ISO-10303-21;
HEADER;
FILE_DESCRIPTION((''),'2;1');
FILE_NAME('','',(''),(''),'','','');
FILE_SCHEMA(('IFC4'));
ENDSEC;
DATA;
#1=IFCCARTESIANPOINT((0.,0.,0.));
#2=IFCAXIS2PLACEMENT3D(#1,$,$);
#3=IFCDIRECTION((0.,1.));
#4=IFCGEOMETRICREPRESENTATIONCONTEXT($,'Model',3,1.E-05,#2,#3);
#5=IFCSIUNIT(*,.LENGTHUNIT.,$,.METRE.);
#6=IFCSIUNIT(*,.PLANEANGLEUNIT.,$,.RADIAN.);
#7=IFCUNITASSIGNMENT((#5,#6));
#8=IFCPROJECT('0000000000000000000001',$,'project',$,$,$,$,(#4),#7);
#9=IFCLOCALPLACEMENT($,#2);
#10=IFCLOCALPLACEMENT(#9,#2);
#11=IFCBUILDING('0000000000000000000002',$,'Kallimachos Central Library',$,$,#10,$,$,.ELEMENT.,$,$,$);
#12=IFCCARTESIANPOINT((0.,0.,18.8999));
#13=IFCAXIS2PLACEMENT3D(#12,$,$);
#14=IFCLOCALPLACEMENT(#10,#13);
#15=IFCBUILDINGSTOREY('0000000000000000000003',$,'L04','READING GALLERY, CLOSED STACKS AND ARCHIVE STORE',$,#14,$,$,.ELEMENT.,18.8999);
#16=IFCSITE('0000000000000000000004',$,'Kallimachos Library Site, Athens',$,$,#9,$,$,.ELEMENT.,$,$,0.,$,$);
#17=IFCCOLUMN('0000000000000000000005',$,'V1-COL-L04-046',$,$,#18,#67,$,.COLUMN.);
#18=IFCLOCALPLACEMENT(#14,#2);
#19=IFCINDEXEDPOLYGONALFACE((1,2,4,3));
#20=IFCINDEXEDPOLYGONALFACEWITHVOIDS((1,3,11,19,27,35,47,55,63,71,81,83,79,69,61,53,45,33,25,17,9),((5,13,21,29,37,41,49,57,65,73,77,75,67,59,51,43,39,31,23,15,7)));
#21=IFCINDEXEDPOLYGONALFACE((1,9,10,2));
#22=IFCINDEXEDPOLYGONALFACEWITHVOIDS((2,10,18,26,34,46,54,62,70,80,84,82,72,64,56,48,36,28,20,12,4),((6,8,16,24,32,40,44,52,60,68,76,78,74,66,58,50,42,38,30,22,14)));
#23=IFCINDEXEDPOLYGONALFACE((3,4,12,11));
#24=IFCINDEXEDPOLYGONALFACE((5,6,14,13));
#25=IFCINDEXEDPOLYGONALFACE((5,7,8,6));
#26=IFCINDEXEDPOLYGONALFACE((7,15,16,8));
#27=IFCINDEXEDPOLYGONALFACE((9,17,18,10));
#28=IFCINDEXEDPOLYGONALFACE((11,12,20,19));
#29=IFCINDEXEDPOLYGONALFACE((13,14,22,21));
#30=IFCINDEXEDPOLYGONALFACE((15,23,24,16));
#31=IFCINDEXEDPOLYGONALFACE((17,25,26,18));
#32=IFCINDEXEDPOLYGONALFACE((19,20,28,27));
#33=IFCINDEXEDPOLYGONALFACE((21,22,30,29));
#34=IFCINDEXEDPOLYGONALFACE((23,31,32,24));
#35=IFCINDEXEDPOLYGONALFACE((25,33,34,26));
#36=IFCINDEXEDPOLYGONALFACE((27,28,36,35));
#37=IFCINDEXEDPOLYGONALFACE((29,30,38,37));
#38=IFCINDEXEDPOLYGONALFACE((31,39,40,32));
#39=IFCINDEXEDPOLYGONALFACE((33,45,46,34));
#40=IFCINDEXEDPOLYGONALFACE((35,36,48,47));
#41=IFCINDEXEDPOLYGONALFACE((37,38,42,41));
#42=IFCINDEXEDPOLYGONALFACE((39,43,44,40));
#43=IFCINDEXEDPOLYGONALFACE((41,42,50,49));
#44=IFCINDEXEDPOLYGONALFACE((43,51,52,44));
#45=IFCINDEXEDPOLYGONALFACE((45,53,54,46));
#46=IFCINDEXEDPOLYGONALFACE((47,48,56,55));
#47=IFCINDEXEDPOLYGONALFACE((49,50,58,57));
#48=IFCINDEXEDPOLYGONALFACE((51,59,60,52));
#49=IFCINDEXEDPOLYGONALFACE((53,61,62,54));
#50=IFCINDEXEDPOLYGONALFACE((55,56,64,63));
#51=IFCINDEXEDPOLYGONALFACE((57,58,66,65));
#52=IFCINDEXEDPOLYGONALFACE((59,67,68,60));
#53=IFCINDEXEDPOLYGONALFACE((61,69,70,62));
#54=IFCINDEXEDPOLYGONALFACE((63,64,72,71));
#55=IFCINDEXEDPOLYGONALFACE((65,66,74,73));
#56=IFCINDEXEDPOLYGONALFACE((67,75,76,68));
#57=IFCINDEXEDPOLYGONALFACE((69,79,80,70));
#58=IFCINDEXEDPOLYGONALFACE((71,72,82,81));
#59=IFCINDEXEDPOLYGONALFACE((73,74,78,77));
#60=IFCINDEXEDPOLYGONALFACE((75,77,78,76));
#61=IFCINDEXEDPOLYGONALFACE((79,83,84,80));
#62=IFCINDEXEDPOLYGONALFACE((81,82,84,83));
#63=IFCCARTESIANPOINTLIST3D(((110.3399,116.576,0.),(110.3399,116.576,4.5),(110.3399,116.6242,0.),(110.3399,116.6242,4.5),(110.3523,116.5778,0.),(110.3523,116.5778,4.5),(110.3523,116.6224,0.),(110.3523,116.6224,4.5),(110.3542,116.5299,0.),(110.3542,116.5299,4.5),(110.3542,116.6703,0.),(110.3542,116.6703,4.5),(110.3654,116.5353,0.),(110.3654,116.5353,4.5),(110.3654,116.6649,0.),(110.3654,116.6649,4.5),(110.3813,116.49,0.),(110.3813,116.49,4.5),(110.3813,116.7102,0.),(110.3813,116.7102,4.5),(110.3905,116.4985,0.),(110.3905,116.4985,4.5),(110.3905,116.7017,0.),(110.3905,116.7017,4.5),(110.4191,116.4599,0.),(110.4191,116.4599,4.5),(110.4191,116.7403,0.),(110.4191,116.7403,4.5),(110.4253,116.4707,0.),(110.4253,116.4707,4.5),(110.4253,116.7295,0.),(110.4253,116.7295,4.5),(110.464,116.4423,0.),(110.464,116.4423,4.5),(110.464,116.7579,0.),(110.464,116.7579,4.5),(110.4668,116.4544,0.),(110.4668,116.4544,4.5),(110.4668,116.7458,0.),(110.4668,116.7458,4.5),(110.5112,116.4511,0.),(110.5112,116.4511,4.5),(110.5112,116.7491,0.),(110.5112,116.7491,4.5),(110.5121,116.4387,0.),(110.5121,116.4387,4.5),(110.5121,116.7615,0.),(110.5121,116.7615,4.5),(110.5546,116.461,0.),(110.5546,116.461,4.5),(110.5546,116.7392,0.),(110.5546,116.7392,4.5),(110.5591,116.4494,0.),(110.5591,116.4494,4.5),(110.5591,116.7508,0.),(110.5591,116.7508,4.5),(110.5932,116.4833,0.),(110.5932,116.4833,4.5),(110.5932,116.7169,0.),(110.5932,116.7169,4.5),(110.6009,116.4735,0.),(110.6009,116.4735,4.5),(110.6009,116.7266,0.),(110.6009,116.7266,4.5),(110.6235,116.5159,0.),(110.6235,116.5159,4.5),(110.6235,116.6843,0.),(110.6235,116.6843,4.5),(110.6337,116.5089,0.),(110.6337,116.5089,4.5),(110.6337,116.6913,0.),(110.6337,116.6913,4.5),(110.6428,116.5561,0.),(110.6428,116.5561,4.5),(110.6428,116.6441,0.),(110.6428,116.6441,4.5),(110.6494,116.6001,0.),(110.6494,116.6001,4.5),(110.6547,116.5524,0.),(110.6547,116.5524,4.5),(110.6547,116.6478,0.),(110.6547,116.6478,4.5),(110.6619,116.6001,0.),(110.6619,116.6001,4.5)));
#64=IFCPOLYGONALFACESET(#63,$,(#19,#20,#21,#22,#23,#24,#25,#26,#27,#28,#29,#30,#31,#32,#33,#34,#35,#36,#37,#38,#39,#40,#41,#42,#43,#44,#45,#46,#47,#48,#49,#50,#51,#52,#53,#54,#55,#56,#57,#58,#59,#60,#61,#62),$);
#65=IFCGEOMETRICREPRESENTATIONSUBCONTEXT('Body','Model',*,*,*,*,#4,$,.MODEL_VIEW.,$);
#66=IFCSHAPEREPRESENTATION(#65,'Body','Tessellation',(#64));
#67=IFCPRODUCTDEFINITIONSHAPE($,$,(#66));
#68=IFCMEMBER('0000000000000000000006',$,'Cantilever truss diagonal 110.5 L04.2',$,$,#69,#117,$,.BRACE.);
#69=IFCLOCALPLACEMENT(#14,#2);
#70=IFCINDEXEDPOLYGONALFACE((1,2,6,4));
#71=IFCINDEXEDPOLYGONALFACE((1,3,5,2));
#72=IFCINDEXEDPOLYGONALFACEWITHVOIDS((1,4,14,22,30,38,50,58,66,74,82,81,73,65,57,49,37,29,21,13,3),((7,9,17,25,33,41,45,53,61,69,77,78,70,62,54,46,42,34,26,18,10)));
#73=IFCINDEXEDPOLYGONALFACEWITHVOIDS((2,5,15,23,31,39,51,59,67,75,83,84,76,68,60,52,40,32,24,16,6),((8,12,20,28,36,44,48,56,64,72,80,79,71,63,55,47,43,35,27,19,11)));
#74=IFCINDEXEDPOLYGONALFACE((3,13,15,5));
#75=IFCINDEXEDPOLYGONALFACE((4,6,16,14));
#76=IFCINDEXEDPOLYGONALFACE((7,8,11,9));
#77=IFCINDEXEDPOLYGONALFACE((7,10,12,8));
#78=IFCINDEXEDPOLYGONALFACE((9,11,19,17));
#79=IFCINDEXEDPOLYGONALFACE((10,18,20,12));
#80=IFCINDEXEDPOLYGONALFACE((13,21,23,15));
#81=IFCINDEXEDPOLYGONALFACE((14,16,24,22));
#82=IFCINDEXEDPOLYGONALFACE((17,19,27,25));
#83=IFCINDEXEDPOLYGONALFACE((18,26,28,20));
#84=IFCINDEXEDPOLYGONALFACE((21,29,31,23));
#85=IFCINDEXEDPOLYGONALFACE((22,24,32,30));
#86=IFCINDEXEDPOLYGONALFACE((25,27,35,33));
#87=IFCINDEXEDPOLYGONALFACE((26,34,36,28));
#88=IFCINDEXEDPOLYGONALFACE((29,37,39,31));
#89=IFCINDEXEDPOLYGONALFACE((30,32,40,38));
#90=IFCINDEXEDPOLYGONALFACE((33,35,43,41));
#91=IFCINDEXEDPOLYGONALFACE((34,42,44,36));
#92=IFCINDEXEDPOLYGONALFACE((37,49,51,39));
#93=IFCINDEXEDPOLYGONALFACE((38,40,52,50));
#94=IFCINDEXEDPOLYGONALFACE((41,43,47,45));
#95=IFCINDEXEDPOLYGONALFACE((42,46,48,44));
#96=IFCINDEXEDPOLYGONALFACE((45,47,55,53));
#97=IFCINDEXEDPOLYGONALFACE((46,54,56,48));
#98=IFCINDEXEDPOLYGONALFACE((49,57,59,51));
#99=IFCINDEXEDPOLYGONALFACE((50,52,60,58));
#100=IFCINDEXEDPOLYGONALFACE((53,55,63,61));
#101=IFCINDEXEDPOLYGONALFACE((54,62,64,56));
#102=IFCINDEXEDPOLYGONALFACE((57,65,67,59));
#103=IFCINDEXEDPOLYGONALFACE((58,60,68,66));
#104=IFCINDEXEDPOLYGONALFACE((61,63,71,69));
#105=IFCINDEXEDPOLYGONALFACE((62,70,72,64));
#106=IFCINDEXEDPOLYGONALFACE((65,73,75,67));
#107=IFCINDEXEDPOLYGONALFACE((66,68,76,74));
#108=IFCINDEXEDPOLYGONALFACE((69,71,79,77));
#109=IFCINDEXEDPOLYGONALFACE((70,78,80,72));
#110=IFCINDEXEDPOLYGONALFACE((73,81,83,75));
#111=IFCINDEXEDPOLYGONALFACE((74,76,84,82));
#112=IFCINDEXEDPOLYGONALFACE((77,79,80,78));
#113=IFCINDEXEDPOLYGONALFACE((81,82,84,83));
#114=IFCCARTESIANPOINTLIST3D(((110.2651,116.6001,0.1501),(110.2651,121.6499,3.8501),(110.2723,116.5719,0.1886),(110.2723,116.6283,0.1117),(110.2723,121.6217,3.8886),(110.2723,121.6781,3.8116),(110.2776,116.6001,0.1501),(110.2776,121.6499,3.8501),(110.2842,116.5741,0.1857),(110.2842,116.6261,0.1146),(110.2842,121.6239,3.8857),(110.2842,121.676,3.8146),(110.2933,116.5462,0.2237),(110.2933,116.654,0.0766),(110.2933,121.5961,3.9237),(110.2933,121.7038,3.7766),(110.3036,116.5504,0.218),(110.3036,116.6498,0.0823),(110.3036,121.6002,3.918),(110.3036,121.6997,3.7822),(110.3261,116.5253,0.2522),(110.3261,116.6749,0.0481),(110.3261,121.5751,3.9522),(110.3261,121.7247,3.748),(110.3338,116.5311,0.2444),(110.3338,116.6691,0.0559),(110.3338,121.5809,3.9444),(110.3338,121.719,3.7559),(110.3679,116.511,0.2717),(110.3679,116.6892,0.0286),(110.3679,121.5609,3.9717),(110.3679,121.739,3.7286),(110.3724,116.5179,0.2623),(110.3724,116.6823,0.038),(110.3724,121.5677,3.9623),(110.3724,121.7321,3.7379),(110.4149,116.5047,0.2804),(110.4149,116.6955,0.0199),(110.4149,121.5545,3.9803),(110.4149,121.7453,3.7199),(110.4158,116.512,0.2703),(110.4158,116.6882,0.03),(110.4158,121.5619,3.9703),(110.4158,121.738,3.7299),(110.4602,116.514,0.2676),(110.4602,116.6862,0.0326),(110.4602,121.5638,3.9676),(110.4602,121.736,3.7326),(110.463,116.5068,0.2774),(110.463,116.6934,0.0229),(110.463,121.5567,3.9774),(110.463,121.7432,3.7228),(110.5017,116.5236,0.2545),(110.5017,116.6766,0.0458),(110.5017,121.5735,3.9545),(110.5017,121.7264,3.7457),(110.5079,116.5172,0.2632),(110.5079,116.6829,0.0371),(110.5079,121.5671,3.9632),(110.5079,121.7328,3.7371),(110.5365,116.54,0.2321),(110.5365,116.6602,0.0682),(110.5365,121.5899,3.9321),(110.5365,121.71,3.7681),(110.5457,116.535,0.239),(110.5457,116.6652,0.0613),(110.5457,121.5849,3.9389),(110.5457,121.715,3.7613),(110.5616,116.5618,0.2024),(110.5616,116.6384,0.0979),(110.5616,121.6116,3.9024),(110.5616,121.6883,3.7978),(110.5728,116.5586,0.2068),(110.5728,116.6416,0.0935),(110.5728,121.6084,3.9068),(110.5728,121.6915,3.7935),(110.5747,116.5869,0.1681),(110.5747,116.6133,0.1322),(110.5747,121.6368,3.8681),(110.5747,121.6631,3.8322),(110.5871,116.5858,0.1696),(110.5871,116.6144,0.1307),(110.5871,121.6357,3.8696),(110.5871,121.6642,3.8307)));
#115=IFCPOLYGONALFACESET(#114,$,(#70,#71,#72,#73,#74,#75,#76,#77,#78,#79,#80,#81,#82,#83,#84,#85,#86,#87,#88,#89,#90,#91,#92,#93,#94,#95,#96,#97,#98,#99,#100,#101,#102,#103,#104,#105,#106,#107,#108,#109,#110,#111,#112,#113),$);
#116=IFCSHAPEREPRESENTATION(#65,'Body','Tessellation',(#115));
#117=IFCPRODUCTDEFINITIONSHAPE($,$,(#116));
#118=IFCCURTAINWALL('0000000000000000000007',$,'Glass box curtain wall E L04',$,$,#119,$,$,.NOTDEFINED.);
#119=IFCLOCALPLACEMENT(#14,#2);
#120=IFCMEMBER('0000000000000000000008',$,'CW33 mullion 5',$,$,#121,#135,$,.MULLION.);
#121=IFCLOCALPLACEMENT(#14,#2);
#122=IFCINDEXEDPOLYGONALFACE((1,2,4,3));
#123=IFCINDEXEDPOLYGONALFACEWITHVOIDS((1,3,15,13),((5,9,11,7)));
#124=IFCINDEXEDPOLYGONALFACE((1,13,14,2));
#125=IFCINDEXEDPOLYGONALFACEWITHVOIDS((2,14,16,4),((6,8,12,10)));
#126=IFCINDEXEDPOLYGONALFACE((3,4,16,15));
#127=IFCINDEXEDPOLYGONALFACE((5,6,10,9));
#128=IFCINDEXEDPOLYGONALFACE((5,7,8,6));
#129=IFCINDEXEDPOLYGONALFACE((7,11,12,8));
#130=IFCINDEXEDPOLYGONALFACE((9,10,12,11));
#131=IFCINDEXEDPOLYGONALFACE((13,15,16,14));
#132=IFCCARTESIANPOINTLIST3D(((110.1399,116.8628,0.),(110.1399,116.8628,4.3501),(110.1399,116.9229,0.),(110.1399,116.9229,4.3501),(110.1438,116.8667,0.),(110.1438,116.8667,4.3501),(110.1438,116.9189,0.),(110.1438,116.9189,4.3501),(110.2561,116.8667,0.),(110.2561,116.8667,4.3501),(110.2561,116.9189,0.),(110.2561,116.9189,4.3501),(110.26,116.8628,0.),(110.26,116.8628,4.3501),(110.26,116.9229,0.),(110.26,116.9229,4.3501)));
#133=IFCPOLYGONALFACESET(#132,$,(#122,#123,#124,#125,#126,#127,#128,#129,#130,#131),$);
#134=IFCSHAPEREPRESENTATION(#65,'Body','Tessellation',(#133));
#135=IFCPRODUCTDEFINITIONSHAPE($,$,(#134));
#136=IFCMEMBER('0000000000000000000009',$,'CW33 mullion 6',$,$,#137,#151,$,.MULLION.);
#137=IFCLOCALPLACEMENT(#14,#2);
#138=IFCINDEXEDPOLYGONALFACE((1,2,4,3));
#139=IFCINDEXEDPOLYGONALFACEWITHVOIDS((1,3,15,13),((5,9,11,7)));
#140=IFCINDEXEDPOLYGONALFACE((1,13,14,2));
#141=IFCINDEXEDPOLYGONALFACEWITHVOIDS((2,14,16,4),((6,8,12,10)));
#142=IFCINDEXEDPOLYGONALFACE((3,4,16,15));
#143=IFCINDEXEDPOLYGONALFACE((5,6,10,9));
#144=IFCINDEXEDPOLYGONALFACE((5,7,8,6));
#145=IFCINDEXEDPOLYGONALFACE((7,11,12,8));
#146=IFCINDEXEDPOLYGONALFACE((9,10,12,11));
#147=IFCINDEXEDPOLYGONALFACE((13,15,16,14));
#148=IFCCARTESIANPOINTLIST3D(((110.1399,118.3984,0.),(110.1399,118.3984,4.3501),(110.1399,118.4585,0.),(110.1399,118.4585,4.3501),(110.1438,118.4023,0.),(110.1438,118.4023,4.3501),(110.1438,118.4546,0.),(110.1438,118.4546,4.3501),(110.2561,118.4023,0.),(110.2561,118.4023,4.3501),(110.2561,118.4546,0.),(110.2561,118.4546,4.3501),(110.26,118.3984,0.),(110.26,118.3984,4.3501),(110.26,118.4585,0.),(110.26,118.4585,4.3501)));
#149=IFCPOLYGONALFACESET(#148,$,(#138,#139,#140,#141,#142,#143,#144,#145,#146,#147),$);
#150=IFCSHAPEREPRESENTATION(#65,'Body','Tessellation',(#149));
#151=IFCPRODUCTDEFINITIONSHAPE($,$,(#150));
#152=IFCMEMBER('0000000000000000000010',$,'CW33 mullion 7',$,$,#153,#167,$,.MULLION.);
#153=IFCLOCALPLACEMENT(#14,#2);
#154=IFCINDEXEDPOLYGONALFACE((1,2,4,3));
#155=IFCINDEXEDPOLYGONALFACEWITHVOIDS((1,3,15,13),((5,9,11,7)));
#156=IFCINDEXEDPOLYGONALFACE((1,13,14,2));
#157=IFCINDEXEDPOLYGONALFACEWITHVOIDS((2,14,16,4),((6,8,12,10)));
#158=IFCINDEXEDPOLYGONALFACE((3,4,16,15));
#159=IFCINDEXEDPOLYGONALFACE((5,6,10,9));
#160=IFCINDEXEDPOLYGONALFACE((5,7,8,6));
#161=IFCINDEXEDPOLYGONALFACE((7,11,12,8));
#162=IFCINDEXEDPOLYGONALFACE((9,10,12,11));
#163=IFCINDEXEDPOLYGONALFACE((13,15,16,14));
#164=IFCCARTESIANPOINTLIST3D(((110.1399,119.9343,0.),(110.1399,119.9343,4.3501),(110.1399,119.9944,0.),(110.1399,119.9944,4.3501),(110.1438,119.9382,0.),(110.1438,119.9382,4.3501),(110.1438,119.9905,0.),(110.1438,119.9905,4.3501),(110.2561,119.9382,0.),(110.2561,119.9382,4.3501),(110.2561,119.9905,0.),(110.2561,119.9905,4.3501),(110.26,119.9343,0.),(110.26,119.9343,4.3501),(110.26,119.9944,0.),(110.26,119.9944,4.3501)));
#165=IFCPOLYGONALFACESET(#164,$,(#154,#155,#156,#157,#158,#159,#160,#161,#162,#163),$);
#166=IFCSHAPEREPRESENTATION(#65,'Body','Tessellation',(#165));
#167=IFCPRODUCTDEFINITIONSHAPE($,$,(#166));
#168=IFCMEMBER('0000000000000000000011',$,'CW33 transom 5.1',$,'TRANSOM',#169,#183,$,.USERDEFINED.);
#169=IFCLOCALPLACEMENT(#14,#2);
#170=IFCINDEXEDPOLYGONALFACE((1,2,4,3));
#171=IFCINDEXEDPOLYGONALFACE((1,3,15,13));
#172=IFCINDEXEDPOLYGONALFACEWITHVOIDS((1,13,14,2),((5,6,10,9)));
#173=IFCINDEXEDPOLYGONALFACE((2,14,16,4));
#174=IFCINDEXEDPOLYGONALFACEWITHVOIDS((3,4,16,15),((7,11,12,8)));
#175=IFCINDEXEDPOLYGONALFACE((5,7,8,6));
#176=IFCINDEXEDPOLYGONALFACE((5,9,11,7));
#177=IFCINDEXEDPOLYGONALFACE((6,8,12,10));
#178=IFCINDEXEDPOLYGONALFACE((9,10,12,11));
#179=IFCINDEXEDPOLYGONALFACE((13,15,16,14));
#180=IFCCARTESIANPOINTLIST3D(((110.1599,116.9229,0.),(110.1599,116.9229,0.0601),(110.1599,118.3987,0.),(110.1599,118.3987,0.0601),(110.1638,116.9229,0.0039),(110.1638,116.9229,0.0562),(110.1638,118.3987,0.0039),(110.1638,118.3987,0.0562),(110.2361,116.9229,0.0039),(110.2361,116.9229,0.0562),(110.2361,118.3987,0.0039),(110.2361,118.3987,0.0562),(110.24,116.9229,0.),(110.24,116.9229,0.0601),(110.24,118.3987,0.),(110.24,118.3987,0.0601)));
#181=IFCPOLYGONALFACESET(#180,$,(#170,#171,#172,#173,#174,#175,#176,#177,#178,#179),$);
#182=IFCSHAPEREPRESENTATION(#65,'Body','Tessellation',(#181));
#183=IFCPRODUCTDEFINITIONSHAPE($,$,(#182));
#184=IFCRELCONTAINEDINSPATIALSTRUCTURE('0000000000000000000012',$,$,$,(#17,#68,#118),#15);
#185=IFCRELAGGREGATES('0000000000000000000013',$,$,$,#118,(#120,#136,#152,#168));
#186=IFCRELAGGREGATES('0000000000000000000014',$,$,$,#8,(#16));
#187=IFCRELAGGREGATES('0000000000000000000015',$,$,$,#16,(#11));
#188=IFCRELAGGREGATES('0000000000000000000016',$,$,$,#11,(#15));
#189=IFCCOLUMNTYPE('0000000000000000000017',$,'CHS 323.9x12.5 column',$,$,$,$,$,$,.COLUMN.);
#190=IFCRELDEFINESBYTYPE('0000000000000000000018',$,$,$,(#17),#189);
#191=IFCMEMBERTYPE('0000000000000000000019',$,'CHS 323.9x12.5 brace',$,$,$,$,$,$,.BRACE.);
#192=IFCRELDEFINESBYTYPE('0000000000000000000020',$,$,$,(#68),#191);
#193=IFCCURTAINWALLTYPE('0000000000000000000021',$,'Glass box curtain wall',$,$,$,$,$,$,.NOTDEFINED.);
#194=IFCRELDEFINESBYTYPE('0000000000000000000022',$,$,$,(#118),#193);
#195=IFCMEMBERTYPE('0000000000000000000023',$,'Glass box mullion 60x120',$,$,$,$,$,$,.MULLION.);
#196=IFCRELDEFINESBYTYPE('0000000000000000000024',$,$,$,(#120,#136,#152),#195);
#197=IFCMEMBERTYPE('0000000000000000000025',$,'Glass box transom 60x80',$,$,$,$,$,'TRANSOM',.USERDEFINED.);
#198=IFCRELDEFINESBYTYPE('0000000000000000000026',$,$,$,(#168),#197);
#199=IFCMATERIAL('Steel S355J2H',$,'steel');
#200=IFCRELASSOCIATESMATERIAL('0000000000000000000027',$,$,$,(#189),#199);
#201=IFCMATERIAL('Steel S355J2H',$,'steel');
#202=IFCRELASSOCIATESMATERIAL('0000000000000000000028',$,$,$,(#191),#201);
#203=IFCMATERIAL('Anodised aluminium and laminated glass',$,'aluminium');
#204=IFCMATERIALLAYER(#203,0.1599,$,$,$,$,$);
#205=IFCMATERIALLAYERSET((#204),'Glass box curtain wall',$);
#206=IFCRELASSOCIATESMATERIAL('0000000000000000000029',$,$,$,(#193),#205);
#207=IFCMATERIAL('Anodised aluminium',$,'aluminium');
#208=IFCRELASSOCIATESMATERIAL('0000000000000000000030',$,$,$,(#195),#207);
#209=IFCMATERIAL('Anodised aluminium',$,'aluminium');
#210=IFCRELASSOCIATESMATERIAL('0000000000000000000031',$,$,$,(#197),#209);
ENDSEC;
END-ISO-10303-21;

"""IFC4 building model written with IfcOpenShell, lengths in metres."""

from ifc_helpers import new_model, si_unit, direction, frame, origin, origin_2d, place, context, subcontext, project, spatial, hollow_rectangle, hollow_circle, extrude, material, layer, layer_set, material_profile, profile_set, type_object, element, aggregate, save


model = new_model("IFC4")

# Units and contexts
model_context = context("Model", 3, precision=1e-05, world=origin(), true_north=direction((0.0, 1.0)))
body_context = subcontext(model_context, "Body", "Model", "MODEL_VIEW")
ifc_project = project(units=[si_unit("LENGTHUNIT", "METRE"), si_unit("PLANEANGLEUNIT", "RADIAN")], contexts=[model_context])

# Site, building, storey
site_placement = place(None, origin())
site = spatial("IfcSite", under=ifc_project, at=site_placement, Name="Kallimachos Library Site, Athens", CompositionType="ELEMENT", RefElevation=0.0)
building_placement = place(site_placement, origin())
building = spatial("IfcBuilding", under=site, at=building_placement, Name="Kallimachos Central Library", CompositionType="ELEMENT")
storey_placement = place(building_placement, frame((0.0, 0.0, 18.8999)))
storey = spatial("IfcBuildingStorey", under=building, at=storey_placement, Name="L04", Description="READING GALLERY, CLOSED STACKS AND ARCHIVE STORE", CompositionType="ELEMENT", Elevation=18.8999)

# Column
ifc_material_1 = material(Name="Steel S355J2H", Category="steel")
ifc_material_profile_1 = material_profile(ifc_material_1, hollow_circle(Radius=0.1619, WallThickness=0.0125, at=origin_2d()), Name="CHS 323.9x12.5")
ifc_profile_set_1 = profile_set([ifc_material_profile_1], Name="Steel S355J2H")
column_type = type_object("IfcColumnType", Name="CHS 323.9x12.5 column", PredefinedType="COLUMN", material=ifc_profile_set_1)
column_placement = place(storey_placement, frame((110.5, 116.6001, 0.0), z_axis=(0.0, 0.0, 1.0), x_axis=(1.0, 0.0, 0.0)))
element("IfcColumn", 1, at=column_placement, inside=storey, type_object=column_type, Name="V1-COL-L04-046", PredefinedType="COLUMN", context=body_context, shape_type="SweptSolid", body=[
    extrude(hollow_circle(Radius=0.1619, WallThickness=0.0125, at=origin_2d()), origin(), (0.0, 0.0, 1.0), 4.5),
])

# Member
ifc_material_2 = material(Name="Steel S355J2H", Category="steel")
ifc_material_profile_2 = material_profile(ifc_material_2, hollow_circle(Radius=0.1619, WallThickness=0.0125, at=origin_2d()), Name="CHS 323.9x12.5")
ifc_profile_set_2 = profile_set([ifc_material_profile_2], Name="Steel S355J2H")
member_type_1 = type_object("IfcMemberType", Name="CHS 323.9x12.5 brace", PredefinedType="BRACE", material=ifc_profile_set_2)
member_1_placement = place(storey_placement, frame((110.427, 116.6001, 0.1501), z_axis=(0.0, 0.806652, 0.591027), x_axis=(-1.0, 0.0, 0.0)))
element("IfcMember", 2, at=member_1_placement, inside=storey, type_object=member_type_1, Name="Cantilever truss diagonal 110.5 L04.2", PredefinedType="BRACE", context=body_context, shape_type="SweptSolid", body=[
    extrude(hollow_circle(Radius=0.1619, WallThickness=0.0125, at=origin_2d()), origin(), (0.0, 0.0, 1.0), 6.2603),
])

# Curtain wall, members
ifc_material_3 = material(Name="Anodised aluminium and laminated glass", Category="aluminium")
ifc_layer_1 = layer(ifc_material_3, 0.1599)
ifc_layer_set_1 = layer_set([ifc_layer_1], Name="Glass box curtain wall")
curtain_wall_type = type_object("IfcCurtainWallType", Name="Glass box curtain wall", PredefinedType="NOTDEFINED", material=ifc_layer_set_1)
curtain_wall_placement = place(storey_placement, origin())
curtain_wall = element("IfcCurtainWall", 3, at=curtain_wall_placement, inside=storey, type_object=curtain_wall_type, Name="Glass box curtain wall E L04", PredefinedType="NOTDEFINED")
ifc_material_4 = material(Name="Anodised aluminium", Category="aluminium")
ifc_material_profile_3 = material_profile(ifc_material_4, hollow_rectangle(XDim=0.0601, YDim=0.1201, WallThickness=0.0039, at=origin_2d()), Name="ALU MULLION 60x120")
ifc_profile_set_3 = profile_set([ifc_material_profile_3], Name="Anodised aluminium")
member_type_2 = type_object("IfcMemberType", Name="Glass box mullion 60x120", PredefinedType="MULLION", material=ifc_profile_set_3)
member_2_placement = place(storey_placement, frame((110.2, 116.8928, 0.0), z_axis=(0.0, 0.0, 1.0), x_axis=(0.0, 1.0, 0.0)))
member_2 = element("IfcMember", 4, at=member_2_placement, type_object=member_type_2, Name="CW33 mullion 5", PredefinedType="MULLION", context=body_context, shape_type="SweptSolid", body=[
    extrude(hollow_rectangle(XDim=0.0601, YDim=0.1201, WallThickness=0.0039, at=origin_2d()), origin(), (0.0, 0.0, 1.0), 4.3501),
])
member_3_placement = place(storey_placement, frame((110.2, 118.4285, 0.0), z_axis=(0.0, 0.0, 1.0), x_axis=(0.0, 1.0, 0.0)))
member_3 = element("IfcMember", 5, at=member_3_placement, type_object=member_type_2, Name="CW33 mullion 6", PredefinedType="MULLION", context=body_context, shape_type="SweptSolid", body=[
    extrude(hollow_rectangle(XDim=0.0601, YDim=0.1201, WallThickness=0.0039, at=origin_2d()), origin(), (0.0, 0.0, 1.0), 4.3501),
])
member_4_placement = place(storey_placement, frame((110.2, 119.9644, 0.0), z_axis=(0.0, 0.0, 1.0), x_axis=(0.0, 1.0, 0.0)))
member_4 = element("IfcMember", 6, at=member_4_placement, type_object=member_type_2, Name="CW33 mullion 7", PredefinedType="MULLION", context=body_context, shape_type="SweptSolid", body=[
    extrude(hollow_rectangle(XDim=0.0601, YDim=0.1201, WallThickness=0.0039, at=origin_2d()), origin(), (0.0, 0.0, 1.0), 4.3501),
])
ifc_material_5 = material(Name="Anodised aluminium", Category="aluminium")
ifc_material_profile_4 = material_profile(ifc_material_5, hollow_rectangle(XDim=0.0601, YDim=0.0801, WallThickness=0.0039, at=origin_2d()), Name="ALU TRANSOM 60x80")
ifc_profile_set_4 = profile_set([ifc_material_profile_4], Name="Anodised aluminium")
member_type_3 = type_object("IfcMemberType", Name="Glass box transom 60x80", ElementType="TRANSOM", PredefinedType="USERDEFINED", material=ifc_profile_set_4)
member_5_placement = place(storey_placement, frame((110.2, 116.9229, 0.03), z_axis=(0.0, 1.0, 0.0), x_axis=(0.0, 0.0, 1.0)))
member_5 = element("IfcMember", 7, at=member_5_placement, type_object=member_type_3, Name="CW33 transom 5.1", ObjectType="TRANSOM", PredefinedType="USERDEFINED", context=body_context, shape_type="SweptSolid", body=[
    extrude(hollow_rectangle(XDim=0.0601, YDim=0.0801, WallThickness=0.0039, at=origin_2d()), origin(), (0.0, 0.0, 1.0), 1.4758),
])

aggregate(curtain_wall, [member_2, member_3, member_4, member_5])

save(model, "model.ifc")
